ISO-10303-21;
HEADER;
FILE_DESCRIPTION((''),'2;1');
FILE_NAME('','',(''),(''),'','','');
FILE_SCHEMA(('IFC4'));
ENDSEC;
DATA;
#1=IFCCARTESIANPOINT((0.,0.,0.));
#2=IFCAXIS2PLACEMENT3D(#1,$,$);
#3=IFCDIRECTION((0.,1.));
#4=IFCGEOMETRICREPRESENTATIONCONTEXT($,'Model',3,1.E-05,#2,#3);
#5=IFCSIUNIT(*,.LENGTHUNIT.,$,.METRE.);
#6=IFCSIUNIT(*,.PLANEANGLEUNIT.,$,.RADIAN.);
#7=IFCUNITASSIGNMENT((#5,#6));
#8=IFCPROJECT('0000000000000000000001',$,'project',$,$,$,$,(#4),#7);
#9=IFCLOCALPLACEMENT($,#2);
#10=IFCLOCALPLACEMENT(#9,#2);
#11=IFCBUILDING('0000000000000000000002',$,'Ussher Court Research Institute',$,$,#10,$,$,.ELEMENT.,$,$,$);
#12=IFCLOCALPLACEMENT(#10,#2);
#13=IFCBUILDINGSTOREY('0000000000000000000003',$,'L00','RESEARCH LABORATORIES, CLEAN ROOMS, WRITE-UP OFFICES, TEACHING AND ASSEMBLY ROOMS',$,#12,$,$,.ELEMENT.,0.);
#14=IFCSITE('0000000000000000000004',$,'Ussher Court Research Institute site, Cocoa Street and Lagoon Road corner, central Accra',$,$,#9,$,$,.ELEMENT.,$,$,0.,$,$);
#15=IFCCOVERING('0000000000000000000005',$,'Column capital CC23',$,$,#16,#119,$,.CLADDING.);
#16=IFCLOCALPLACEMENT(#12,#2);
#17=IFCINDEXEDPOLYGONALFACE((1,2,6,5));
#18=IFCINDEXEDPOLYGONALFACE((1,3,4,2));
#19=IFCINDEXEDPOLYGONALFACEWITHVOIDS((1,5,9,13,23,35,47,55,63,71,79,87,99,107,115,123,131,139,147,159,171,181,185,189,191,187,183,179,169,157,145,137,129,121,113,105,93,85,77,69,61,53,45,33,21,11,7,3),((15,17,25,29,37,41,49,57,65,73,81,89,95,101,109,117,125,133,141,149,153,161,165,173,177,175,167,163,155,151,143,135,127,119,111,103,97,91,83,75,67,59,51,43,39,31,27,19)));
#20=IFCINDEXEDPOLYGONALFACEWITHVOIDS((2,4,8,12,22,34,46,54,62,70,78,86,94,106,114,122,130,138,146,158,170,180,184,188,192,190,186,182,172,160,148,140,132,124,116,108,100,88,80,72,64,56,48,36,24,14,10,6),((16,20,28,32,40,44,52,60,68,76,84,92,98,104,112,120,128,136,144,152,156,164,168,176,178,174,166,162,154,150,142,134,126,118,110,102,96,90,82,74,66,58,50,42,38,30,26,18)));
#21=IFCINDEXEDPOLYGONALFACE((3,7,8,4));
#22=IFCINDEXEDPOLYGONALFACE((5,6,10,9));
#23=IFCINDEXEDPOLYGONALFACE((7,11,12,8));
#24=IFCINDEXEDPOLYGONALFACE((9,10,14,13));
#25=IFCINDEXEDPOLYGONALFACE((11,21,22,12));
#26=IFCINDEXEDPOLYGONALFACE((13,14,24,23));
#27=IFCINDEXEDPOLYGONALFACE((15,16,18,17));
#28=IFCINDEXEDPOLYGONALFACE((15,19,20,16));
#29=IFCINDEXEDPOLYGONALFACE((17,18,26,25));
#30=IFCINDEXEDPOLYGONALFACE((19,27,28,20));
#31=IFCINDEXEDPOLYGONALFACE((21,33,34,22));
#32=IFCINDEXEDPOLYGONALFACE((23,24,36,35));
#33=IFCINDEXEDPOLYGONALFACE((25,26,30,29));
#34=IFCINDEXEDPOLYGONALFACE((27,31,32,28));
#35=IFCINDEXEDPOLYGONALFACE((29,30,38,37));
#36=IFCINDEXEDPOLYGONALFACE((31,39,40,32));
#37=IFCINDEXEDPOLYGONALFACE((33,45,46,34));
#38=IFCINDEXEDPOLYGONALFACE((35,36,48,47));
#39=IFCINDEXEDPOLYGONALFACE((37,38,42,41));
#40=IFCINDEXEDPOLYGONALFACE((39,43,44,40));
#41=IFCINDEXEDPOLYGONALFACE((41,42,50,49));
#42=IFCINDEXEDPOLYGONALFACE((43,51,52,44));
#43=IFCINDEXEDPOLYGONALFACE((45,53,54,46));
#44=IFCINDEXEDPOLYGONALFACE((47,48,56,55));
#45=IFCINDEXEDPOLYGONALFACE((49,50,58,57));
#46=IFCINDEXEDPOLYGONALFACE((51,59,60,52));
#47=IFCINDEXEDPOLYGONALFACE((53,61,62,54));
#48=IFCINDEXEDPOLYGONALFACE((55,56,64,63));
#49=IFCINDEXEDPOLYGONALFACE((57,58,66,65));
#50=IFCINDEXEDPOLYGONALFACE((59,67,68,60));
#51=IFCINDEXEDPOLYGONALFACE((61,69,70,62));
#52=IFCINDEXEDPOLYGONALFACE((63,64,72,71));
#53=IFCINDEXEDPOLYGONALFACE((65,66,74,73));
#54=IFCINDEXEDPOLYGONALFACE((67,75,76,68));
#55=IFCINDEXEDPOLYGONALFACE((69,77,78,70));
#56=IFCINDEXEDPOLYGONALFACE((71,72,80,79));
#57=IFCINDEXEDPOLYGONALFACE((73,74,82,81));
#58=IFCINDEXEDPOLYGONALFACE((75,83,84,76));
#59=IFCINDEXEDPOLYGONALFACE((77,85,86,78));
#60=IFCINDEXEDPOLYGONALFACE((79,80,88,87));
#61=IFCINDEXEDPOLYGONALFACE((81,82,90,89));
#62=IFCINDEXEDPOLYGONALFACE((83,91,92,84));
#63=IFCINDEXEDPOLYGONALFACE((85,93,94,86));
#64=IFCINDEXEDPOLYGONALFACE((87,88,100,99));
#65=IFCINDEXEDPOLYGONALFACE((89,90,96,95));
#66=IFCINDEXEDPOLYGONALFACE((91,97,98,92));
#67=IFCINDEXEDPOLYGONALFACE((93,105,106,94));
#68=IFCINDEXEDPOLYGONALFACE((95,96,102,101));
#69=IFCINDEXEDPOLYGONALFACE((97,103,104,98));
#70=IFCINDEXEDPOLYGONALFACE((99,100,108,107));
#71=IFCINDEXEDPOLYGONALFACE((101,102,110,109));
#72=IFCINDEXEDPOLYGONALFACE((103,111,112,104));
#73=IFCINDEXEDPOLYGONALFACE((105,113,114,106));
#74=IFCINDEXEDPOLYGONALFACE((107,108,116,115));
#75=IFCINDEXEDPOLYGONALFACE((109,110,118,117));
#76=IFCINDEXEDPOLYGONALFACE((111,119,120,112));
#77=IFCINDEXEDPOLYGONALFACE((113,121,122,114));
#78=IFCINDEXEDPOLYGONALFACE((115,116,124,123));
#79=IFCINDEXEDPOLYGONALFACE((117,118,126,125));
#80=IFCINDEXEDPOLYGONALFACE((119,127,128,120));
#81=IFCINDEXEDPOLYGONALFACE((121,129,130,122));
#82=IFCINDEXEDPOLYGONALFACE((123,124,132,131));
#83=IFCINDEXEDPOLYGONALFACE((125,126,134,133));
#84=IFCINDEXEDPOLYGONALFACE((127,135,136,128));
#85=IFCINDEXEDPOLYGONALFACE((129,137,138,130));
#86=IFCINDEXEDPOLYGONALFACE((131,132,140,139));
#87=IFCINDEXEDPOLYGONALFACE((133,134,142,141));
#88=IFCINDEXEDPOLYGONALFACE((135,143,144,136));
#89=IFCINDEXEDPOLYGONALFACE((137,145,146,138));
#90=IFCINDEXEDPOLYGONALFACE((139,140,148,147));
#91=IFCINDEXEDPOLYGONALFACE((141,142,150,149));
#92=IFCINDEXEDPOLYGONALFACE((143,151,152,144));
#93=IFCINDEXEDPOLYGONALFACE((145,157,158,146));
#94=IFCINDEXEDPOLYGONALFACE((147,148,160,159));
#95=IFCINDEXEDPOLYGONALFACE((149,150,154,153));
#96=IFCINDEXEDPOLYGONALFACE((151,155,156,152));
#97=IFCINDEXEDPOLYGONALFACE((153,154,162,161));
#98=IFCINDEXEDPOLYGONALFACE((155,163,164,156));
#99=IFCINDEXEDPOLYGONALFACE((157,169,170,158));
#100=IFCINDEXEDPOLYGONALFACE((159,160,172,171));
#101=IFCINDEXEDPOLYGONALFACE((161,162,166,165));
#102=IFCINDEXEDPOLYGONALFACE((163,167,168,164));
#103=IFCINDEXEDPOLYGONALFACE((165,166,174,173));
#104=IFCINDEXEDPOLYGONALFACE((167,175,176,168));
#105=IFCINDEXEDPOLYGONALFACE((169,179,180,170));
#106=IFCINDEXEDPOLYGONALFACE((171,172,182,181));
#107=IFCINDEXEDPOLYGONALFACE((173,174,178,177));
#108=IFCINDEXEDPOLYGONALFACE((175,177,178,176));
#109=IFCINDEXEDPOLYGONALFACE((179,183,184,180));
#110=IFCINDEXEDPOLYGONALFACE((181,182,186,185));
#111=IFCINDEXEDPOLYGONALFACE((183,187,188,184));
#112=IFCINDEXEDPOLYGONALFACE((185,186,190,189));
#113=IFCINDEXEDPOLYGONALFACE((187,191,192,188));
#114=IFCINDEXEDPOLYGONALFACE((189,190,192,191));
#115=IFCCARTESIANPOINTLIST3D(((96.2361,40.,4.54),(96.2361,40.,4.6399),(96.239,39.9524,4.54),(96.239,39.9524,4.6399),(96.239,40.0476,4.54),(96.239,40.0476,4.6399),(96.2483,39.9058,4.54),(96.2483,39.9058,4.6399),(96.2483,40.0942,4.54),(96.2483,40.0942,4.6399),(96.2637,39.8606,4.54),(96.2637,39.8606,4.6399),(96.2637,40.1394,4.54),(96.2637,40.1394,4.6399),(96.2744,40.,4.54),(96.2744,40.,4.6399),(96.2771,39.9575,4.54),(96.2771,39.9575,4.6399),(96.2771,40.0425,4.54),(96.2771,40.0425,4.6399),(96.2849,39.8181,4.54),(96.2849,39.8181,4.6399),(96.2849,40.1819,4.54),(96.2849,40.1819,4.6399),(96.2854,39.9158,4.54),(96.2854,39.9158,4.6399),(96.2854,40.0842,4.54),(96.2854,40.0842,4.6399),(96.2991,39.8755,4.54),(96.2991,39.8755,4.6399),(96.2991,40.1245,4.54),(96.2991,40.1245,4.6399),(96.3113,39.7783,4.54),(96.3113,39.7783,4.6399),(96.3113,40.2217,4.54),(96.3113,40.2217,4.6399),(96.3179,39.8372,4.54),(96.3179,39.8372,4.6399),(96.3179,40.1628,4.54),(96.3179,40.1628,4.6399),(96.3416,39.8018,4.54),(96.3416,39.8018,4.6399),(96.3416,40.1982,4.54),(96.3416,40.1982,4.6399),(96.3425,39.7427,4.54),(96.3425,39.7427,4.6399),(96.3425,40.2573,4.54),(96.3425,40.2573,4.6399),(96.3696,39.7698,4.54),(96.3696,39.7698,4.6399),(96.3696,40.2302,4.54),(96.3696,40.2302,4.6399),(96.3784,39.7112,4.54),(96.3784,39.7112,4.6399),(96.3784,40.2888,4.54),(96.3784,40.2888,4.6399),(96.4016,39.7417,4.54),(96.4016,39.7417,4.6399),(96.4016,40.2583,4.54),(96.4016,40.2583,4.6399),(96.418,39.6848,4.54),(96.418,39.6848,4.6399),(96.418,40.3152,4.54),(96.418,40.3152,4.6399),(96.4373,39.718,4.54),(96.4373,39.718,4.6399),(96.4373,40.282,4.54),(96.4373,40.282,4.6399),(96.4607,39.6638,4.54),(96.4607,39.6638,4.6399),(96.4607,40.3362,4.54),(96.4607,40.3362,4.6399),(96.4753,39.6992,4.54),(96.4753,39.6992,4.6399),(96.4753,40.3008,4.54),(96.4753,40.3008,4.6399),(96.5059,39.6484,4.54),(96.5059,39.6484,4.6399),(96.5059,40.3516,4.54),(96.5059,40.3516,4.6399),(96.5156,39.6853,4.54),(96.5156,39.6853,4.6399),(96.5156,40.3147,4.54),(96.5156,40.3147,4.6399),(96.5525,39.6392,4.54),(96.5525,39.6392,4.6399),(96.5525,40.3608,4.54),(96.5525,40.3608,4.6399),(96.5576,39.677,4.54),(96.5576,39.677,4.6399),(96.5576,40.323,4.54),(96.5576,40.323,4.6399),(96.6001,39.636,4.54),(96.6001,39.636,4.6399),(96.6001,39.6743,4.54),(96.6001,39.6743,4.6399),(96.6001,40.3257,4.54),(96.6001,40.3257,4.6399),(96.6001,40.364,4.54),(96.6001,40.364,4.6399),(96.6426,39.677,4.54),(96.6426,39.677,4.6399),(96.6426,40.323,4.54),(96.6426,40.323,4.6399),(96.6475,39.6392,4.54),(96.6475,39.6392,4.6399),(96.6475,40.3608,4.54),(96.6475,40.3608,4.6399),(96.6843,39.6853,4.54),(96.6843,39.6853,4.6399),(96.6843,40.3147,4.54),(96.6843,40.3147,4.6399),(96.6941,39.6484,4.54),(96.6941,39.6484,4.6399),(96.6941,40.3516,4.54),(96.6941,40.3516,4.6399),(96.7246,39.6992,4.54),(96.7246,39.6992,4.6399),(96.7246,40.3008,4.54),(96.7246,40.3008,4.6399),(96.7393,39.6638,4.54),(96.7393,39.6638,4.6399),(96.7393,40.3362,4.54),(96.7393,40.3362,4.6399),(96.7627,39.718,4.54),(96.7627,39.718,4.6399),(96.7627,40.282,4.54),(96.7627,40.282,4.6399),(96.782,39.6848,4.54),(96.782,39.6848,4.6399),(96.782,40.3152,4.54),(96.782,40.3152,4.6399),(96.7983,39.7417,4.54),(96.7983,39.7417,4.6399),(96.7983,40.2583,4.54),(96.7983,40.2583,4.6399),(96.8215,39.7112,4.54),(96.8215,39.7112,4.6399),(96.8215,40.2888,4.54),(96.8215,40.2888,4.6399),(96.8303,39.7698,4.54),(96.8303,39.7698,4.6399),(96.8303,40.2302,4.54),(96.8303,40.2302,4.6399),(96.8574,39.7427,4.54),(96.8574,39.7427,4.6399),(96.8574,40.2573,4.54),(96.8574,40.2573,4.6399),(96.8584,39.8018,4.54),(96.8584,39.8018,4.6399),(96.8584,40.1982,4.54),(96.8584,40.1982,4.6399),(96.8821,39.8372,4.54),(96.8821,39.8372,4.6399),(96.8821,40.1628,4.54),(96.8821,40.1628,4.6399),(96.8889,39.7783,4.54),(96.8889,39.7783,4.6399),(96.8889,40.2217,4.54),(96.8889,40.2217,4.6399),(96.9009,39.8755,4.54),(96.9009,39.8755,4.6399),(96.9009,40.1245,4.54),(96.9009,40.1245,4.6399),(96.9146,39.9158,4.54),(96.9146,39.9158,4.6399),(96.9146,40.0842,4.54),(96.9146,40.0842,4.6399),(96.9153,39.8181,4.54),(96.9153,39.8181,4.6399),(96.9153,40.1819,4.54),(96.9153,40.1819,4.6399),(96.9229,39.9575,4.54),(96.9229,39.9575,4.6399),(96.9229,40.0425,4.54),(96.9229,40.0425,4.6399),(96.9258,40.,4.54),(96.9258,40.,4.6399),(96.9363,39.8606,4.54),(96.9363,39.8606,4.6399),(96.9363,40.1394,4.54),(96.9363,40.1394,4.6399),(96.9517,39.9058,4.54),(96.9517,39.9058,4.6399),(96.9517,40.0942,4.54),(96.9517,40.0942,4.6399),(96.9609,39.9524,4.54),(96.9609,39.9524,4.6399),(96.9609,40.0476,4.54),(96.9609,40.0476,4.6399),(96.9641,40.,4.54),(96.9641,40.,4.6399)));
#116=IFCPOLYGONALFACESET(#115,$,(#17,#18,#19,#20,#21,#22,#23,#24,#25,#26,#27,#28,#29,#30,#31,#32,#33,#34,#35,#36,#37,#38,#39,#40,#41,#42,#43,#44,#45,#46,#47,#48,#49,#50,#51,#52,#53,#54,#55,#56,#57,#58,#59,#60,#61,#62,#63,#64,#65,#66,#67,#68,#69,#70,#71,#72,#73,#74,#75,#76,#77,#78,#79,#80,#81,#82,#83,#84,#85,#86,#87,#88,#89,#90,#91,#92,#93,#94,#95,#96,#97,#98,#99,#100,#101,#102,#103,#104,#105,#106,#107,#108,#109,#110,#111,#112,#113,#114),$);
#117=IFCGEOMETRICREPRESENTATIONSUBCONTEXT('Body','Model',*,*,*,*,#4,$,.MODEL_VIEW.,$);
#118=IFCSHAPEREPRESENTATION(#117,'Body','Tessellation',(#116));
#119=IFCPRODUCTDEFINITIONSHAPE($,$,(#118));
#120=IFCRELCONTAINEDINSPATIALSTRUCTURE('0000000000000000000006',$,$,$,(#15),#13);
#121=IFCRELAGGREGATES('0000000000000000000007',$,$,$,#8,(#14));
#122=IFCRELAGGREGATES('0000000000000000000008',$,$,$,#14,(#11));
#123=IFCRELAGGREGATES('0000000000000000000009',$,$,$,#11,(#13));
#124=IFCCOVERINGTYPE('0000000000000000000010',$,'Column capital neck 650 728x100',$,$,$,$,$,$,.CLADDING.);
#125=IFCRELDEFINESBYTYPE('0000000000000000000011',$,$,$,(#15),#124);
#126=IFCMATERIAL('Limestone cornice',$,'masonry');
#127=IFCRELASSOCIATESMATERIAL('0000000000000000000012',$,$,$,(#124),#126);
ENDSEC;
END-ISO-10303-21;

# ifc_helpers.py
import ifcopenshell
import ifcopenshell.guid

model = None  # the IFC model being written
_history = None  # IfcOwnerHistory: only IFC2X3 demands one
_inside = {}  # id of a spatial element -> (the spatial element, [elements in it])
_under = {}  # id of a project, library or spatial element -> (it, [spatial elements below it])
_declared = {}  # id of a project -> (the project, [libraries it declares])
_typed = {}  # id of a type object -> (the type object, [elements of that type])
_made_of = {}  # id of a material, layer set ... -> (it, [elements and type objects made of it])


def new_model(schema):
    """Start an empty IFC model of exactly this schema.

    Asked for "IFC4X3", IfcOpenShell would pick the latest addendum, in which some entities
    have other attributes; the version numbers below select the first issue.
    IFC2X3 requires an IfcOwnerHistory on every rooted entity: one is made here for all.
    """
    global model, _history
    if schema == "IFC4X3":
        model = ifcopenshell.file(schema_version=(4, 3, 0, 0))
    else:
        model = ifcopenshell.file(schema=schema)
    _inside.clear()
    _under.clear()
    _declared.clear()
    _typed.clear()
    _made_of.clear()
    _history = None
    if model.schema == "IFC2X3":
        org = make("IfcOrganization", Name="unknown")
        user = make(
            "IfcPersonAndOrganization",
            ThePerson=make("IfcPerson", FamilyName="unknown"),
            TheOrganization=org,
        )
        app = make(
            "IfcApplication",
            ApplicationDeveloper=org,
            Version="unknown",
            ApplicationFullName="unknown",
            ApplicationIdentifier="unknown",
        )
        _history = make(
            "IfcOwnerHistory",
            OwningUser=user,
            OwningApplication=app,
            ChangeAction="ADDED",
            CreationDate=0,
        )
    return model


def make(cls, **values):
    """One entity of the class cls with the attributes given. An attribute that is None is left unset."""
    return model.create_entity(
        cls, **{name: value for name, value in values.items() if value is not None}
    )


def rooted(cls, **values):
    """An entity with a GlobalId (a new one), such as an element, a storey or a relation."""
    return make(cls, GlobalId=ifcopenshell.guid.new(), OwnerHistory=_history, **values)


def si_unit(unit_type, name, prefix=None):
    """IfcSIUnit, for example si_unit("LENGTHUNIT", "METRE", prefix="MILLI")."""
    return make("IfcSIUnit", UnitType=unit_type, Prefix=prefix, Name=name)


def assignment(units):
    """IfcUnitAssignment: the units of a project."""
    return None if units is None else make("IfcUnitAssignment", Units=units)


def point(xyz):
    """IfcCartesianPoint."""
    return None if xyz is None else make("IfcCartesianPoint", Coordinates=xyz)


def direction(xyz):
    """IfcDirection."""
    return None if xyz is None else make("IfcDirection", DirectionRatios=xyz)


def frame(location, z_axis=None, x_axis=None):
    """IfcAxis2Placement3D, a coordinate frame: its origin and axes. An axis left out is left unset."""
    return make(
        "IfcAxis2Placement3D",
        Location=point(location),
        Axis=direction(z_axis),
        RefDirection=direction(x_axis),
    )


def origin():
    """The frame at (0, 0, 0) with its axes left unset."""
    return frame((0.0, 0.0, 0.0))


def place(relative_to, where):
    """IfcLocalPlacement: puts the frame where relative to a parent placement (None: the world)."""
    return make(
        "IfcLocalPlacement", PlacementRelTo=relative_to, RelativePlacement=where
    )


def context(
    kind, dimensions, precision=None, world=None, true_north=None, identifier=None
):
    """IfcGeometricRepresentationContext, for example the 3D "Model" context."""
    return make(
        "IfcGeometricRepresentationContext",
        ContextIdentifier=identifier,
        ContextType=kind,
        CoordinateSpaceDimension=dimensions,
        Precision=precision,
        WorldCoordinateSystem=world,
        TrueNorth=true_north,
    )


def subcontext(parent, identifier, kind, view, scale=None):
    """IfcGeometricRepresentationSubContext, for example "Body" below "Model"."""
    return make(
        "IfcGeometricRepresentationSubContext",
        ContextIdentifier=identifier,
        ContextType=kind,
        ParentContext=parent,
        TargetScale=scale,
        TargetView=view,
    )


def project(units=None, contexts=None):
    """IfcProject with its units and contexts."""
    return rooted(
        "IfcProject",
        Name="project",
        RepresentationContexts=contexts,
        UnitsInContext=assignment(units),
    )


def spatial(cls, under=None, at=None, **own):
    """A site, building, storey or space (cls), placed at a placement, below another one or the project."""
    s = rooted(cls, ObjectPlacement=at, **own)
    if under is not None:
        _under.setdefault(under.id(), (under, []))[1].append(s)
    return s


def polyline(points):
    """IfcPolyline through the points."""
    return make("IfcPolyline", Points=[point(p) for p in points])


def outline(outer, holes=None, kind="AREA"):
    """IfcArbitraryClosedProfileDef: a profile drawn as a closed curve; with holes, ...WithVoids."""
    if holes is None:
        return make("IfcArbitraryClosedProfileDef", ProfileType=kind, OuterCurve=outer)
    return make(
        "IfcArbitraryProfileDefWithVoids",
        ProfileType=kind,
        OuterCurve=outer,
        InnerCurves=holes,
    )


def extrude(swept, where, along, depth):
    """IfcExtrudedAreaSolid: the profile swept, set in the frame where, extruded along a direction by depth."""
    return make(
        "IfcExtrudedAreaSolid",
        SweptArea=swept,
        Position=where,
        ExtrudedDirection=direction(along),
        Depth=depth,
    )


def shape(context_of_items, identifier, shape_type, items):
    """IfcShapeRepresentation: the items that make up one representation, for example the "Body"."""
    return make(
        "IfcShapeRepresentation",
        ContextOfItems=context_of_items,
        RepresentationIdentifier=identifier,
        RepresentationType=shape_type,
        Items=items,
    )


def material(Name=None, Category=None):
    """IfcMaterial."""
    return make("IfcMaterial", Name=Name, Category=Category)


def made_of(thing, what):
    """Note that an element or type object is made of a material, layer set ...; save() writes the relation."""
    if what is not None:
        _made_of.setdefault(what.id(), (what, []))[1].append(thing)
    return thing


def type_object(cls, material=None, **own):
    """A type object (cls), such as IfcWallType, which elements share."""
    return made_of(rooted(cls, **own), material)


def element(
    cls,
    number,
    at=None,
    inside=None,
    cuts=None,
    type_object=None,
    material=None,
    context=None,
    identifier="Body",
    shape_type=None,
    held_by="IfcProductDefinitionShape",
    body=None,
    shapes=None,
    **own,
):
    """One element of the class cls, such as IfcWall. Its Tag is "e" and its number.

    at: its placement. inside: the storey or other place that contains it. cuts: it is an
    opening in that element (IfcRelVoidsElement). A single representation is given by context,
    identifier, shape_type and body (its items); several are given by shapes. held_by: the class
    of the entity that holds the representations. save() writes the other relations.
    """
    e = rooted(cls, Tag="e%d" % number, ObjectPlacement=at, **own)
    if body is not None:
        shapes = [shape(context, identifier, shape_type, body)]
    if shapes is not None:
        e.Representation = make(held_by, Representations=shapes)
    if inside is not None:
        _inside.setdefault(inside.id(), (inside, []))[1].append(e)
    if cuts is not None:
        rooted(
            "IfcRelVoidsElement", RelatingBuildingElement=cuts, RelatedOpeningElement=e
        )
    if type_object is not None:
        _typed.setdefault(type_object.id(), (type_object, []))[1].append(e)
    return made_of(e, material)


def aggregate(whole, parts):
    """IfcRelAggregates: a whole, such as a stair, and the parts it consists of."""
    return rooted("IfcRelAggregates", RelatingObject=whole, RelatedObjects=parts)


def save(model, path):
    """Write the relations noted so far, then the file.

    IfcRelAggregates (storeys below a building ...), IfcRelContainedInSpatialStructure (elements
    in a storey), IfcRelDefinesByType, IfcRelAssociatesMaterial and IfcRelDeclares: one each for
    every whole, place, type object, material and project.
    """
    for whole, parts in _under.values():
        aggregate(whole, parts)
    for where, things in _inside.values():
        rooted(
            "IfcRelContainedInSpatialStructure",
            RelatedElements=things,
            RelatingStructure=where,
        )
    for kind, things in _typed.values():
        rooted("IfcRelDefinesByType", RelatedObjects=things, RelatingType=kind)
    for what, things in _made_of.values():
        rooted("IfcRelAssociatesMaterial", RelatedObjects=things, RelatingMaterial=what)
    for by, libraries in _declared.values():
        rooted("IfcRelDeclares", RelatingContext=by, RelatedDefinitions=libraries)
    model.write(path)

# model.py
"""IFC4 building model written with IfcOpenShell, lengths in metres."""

from ifc_helpers import new_model, si_unit, direction, frame, origin, place, context, subcontext, project, spatial, polyline, outline, extrude, material, type_object, element, save


model = new_model("IFC4")

# Units and contexts
model_context = context("Model", 3, precision=1e-05, world=origin(), true_north=direction((0.0, 1.0)))
body_context = subcontext(model_context, "Body", "Model", "MODEL_VIEW")
ifc_project = project(units=[si_unit("LENGTHUNIT", "METRE"), si_unit("PLANEANGLEUNIT", "RADIAN")], contexts=[model_context])

# Site, building, storey
site_placement = place(None, origin())
site = spatial("IfcSite", under=ifc_project, at=site_placement, Name="Ussher Court Research Institute site, Cocoa Street and Lagoon Road corner, central Accra", CompositionType="ELEMENT", RefElevation=0.0)
building_placement = place(site_placement, origin())
building = spatial("IfcBuilding", under=site, at=building_placement, Name="Ussher Court Research Institute", CompositionType="ELEMENT")
storey_placement = place(building_placement, origin())
storey = spatial("IfcBuildingStorey", under=building, at=storey_placement, Name="L00", Description="RESEARCH LABORATORIES, CLEAN ROOMS, WRITE-UP OFFICES, TEACHING AND ASSEMBLY ROOMS", CompositionType="ELEMENT", Elevation=0.0)

# Covering
ifc_material_1 = material(Name="Limestone cornice", Category="masonry")
covering_type_1 = type_object("IfcCoveringType", Name="Column capital neck 650 728x100", PredefinedType="CLADDING", material=ifc_material_1)
covering_1_placement = place(storey_placement, frame((0.0, 0.0, 4.54)))
element("IfcCovering", 1, at=covering_1_placement, inside=storey, type_object=covering_type_1, Name="Column capital CC23", PredefinedType="CLADDING", context=body_context, shape_type="SweptSolid", body=[
    extrude(outline(polyline([(96.9641, 40.0), (96.9609, 40.0476), (96.9517, 40.0942), (96.9363, 40.1394), (96.9153, 40.1819), (96.8889, 40.2217), (96.8574, 40.2573), (96.8215, 40.2888), (96.782, 40.3152), (96.7393, 40.3362), (96.6941, 40.3516), (96.6475, 40.3608), (96.6001, 40.364), (96.5525, 40.3608), (96.5059, 40.3516), (96.4607, 40.3362), (96.418, 40.3152), (96.3784, 40.2888), (96.3425, 40.2573), (96.3113, 40.2217), (96.2849, 40.1819), (96.2637, 40.1394), (96.2483, 40.0942), (96.239, 40.0476), (96.2361, 40.0), (96.239, 39.9524), (96.2483, 39.9058), (96.2637, 39.8606), (96.2849, 39.8181), (96.3113, 39.7783), (96.3425, 39.7427), (96.3784, 39.7112), (96.418, 39.6848), (96.4607, 39.6638), (96.5059, 39.6484), (96.5525, 39.6392), (96.6001, 39.636), (96.6475, 39.6392), (96.6941, 39.6484), (96.7393, 39.6638), (96.782, 39.6848), (96.8215, 39.7112), (96.8574, 39.7427), (96.8889, 39.7783), (96.9153, 39.8181), (96.9363, 39.8606), (96.9517, 39.9058), (96.9609, 39.9524), (96.9641, 40.0)]), holes=[polyline([(96.9258, 40.0), (96.9229, 40.0425), (96.9146, 40.0842), (96.9009, 40.1245), (96.8821, 40.1628), (96.8584, 40.1982), (96.8303, 40.2302), (96.7983, 40.2583), (96.7627, 40.282), (96.7246, 40.3008), (96.6843, 40.3147), (96.6426, 40.323), (96.6001, 40.3257), (96.5576, 40.323), (96.5156, 40.3147), (96.4753, 40.3008), (96.4373, 40.282), (96.4016, 40.2583), (96.3696, 40.2302), (96.3416, 40.1982), (96.3179, 40.1628), (96.2991, 40.1245), (96.2854, 40.0842), (96.2771, 40.0425), (96.2744, 40.0), (96.2771, 39.9575), (96.2854, 39.9158), (96.2991, 39.8755), (96.3179, 39.8372), (96.3416, 39.8018), (96.3696, 39.7698), (96.4016, 39.7417), (96.4373, 39.718), (96.4753, 39.6992), (96.5156, 39.6853), (96.5576, 39.677), (96.6001, 39.6743), (96.6426, 39.677), (96.6843, 39.6853), (96.7246, 39.6992), (96.7627, 39.718), (96.7983, 39.7417), (96.8303, 39.7698), (96.8584, 39.8018), (96.8821, 39.8372), (96.9009, 39.8755), (96.9146, 39.9158), (96.9229, 39.9575), (96.9258, 40.0)])]), origin(), (0.0, 0.0, 1.0), 0.0999),
])

save(model, "model.ifc")
